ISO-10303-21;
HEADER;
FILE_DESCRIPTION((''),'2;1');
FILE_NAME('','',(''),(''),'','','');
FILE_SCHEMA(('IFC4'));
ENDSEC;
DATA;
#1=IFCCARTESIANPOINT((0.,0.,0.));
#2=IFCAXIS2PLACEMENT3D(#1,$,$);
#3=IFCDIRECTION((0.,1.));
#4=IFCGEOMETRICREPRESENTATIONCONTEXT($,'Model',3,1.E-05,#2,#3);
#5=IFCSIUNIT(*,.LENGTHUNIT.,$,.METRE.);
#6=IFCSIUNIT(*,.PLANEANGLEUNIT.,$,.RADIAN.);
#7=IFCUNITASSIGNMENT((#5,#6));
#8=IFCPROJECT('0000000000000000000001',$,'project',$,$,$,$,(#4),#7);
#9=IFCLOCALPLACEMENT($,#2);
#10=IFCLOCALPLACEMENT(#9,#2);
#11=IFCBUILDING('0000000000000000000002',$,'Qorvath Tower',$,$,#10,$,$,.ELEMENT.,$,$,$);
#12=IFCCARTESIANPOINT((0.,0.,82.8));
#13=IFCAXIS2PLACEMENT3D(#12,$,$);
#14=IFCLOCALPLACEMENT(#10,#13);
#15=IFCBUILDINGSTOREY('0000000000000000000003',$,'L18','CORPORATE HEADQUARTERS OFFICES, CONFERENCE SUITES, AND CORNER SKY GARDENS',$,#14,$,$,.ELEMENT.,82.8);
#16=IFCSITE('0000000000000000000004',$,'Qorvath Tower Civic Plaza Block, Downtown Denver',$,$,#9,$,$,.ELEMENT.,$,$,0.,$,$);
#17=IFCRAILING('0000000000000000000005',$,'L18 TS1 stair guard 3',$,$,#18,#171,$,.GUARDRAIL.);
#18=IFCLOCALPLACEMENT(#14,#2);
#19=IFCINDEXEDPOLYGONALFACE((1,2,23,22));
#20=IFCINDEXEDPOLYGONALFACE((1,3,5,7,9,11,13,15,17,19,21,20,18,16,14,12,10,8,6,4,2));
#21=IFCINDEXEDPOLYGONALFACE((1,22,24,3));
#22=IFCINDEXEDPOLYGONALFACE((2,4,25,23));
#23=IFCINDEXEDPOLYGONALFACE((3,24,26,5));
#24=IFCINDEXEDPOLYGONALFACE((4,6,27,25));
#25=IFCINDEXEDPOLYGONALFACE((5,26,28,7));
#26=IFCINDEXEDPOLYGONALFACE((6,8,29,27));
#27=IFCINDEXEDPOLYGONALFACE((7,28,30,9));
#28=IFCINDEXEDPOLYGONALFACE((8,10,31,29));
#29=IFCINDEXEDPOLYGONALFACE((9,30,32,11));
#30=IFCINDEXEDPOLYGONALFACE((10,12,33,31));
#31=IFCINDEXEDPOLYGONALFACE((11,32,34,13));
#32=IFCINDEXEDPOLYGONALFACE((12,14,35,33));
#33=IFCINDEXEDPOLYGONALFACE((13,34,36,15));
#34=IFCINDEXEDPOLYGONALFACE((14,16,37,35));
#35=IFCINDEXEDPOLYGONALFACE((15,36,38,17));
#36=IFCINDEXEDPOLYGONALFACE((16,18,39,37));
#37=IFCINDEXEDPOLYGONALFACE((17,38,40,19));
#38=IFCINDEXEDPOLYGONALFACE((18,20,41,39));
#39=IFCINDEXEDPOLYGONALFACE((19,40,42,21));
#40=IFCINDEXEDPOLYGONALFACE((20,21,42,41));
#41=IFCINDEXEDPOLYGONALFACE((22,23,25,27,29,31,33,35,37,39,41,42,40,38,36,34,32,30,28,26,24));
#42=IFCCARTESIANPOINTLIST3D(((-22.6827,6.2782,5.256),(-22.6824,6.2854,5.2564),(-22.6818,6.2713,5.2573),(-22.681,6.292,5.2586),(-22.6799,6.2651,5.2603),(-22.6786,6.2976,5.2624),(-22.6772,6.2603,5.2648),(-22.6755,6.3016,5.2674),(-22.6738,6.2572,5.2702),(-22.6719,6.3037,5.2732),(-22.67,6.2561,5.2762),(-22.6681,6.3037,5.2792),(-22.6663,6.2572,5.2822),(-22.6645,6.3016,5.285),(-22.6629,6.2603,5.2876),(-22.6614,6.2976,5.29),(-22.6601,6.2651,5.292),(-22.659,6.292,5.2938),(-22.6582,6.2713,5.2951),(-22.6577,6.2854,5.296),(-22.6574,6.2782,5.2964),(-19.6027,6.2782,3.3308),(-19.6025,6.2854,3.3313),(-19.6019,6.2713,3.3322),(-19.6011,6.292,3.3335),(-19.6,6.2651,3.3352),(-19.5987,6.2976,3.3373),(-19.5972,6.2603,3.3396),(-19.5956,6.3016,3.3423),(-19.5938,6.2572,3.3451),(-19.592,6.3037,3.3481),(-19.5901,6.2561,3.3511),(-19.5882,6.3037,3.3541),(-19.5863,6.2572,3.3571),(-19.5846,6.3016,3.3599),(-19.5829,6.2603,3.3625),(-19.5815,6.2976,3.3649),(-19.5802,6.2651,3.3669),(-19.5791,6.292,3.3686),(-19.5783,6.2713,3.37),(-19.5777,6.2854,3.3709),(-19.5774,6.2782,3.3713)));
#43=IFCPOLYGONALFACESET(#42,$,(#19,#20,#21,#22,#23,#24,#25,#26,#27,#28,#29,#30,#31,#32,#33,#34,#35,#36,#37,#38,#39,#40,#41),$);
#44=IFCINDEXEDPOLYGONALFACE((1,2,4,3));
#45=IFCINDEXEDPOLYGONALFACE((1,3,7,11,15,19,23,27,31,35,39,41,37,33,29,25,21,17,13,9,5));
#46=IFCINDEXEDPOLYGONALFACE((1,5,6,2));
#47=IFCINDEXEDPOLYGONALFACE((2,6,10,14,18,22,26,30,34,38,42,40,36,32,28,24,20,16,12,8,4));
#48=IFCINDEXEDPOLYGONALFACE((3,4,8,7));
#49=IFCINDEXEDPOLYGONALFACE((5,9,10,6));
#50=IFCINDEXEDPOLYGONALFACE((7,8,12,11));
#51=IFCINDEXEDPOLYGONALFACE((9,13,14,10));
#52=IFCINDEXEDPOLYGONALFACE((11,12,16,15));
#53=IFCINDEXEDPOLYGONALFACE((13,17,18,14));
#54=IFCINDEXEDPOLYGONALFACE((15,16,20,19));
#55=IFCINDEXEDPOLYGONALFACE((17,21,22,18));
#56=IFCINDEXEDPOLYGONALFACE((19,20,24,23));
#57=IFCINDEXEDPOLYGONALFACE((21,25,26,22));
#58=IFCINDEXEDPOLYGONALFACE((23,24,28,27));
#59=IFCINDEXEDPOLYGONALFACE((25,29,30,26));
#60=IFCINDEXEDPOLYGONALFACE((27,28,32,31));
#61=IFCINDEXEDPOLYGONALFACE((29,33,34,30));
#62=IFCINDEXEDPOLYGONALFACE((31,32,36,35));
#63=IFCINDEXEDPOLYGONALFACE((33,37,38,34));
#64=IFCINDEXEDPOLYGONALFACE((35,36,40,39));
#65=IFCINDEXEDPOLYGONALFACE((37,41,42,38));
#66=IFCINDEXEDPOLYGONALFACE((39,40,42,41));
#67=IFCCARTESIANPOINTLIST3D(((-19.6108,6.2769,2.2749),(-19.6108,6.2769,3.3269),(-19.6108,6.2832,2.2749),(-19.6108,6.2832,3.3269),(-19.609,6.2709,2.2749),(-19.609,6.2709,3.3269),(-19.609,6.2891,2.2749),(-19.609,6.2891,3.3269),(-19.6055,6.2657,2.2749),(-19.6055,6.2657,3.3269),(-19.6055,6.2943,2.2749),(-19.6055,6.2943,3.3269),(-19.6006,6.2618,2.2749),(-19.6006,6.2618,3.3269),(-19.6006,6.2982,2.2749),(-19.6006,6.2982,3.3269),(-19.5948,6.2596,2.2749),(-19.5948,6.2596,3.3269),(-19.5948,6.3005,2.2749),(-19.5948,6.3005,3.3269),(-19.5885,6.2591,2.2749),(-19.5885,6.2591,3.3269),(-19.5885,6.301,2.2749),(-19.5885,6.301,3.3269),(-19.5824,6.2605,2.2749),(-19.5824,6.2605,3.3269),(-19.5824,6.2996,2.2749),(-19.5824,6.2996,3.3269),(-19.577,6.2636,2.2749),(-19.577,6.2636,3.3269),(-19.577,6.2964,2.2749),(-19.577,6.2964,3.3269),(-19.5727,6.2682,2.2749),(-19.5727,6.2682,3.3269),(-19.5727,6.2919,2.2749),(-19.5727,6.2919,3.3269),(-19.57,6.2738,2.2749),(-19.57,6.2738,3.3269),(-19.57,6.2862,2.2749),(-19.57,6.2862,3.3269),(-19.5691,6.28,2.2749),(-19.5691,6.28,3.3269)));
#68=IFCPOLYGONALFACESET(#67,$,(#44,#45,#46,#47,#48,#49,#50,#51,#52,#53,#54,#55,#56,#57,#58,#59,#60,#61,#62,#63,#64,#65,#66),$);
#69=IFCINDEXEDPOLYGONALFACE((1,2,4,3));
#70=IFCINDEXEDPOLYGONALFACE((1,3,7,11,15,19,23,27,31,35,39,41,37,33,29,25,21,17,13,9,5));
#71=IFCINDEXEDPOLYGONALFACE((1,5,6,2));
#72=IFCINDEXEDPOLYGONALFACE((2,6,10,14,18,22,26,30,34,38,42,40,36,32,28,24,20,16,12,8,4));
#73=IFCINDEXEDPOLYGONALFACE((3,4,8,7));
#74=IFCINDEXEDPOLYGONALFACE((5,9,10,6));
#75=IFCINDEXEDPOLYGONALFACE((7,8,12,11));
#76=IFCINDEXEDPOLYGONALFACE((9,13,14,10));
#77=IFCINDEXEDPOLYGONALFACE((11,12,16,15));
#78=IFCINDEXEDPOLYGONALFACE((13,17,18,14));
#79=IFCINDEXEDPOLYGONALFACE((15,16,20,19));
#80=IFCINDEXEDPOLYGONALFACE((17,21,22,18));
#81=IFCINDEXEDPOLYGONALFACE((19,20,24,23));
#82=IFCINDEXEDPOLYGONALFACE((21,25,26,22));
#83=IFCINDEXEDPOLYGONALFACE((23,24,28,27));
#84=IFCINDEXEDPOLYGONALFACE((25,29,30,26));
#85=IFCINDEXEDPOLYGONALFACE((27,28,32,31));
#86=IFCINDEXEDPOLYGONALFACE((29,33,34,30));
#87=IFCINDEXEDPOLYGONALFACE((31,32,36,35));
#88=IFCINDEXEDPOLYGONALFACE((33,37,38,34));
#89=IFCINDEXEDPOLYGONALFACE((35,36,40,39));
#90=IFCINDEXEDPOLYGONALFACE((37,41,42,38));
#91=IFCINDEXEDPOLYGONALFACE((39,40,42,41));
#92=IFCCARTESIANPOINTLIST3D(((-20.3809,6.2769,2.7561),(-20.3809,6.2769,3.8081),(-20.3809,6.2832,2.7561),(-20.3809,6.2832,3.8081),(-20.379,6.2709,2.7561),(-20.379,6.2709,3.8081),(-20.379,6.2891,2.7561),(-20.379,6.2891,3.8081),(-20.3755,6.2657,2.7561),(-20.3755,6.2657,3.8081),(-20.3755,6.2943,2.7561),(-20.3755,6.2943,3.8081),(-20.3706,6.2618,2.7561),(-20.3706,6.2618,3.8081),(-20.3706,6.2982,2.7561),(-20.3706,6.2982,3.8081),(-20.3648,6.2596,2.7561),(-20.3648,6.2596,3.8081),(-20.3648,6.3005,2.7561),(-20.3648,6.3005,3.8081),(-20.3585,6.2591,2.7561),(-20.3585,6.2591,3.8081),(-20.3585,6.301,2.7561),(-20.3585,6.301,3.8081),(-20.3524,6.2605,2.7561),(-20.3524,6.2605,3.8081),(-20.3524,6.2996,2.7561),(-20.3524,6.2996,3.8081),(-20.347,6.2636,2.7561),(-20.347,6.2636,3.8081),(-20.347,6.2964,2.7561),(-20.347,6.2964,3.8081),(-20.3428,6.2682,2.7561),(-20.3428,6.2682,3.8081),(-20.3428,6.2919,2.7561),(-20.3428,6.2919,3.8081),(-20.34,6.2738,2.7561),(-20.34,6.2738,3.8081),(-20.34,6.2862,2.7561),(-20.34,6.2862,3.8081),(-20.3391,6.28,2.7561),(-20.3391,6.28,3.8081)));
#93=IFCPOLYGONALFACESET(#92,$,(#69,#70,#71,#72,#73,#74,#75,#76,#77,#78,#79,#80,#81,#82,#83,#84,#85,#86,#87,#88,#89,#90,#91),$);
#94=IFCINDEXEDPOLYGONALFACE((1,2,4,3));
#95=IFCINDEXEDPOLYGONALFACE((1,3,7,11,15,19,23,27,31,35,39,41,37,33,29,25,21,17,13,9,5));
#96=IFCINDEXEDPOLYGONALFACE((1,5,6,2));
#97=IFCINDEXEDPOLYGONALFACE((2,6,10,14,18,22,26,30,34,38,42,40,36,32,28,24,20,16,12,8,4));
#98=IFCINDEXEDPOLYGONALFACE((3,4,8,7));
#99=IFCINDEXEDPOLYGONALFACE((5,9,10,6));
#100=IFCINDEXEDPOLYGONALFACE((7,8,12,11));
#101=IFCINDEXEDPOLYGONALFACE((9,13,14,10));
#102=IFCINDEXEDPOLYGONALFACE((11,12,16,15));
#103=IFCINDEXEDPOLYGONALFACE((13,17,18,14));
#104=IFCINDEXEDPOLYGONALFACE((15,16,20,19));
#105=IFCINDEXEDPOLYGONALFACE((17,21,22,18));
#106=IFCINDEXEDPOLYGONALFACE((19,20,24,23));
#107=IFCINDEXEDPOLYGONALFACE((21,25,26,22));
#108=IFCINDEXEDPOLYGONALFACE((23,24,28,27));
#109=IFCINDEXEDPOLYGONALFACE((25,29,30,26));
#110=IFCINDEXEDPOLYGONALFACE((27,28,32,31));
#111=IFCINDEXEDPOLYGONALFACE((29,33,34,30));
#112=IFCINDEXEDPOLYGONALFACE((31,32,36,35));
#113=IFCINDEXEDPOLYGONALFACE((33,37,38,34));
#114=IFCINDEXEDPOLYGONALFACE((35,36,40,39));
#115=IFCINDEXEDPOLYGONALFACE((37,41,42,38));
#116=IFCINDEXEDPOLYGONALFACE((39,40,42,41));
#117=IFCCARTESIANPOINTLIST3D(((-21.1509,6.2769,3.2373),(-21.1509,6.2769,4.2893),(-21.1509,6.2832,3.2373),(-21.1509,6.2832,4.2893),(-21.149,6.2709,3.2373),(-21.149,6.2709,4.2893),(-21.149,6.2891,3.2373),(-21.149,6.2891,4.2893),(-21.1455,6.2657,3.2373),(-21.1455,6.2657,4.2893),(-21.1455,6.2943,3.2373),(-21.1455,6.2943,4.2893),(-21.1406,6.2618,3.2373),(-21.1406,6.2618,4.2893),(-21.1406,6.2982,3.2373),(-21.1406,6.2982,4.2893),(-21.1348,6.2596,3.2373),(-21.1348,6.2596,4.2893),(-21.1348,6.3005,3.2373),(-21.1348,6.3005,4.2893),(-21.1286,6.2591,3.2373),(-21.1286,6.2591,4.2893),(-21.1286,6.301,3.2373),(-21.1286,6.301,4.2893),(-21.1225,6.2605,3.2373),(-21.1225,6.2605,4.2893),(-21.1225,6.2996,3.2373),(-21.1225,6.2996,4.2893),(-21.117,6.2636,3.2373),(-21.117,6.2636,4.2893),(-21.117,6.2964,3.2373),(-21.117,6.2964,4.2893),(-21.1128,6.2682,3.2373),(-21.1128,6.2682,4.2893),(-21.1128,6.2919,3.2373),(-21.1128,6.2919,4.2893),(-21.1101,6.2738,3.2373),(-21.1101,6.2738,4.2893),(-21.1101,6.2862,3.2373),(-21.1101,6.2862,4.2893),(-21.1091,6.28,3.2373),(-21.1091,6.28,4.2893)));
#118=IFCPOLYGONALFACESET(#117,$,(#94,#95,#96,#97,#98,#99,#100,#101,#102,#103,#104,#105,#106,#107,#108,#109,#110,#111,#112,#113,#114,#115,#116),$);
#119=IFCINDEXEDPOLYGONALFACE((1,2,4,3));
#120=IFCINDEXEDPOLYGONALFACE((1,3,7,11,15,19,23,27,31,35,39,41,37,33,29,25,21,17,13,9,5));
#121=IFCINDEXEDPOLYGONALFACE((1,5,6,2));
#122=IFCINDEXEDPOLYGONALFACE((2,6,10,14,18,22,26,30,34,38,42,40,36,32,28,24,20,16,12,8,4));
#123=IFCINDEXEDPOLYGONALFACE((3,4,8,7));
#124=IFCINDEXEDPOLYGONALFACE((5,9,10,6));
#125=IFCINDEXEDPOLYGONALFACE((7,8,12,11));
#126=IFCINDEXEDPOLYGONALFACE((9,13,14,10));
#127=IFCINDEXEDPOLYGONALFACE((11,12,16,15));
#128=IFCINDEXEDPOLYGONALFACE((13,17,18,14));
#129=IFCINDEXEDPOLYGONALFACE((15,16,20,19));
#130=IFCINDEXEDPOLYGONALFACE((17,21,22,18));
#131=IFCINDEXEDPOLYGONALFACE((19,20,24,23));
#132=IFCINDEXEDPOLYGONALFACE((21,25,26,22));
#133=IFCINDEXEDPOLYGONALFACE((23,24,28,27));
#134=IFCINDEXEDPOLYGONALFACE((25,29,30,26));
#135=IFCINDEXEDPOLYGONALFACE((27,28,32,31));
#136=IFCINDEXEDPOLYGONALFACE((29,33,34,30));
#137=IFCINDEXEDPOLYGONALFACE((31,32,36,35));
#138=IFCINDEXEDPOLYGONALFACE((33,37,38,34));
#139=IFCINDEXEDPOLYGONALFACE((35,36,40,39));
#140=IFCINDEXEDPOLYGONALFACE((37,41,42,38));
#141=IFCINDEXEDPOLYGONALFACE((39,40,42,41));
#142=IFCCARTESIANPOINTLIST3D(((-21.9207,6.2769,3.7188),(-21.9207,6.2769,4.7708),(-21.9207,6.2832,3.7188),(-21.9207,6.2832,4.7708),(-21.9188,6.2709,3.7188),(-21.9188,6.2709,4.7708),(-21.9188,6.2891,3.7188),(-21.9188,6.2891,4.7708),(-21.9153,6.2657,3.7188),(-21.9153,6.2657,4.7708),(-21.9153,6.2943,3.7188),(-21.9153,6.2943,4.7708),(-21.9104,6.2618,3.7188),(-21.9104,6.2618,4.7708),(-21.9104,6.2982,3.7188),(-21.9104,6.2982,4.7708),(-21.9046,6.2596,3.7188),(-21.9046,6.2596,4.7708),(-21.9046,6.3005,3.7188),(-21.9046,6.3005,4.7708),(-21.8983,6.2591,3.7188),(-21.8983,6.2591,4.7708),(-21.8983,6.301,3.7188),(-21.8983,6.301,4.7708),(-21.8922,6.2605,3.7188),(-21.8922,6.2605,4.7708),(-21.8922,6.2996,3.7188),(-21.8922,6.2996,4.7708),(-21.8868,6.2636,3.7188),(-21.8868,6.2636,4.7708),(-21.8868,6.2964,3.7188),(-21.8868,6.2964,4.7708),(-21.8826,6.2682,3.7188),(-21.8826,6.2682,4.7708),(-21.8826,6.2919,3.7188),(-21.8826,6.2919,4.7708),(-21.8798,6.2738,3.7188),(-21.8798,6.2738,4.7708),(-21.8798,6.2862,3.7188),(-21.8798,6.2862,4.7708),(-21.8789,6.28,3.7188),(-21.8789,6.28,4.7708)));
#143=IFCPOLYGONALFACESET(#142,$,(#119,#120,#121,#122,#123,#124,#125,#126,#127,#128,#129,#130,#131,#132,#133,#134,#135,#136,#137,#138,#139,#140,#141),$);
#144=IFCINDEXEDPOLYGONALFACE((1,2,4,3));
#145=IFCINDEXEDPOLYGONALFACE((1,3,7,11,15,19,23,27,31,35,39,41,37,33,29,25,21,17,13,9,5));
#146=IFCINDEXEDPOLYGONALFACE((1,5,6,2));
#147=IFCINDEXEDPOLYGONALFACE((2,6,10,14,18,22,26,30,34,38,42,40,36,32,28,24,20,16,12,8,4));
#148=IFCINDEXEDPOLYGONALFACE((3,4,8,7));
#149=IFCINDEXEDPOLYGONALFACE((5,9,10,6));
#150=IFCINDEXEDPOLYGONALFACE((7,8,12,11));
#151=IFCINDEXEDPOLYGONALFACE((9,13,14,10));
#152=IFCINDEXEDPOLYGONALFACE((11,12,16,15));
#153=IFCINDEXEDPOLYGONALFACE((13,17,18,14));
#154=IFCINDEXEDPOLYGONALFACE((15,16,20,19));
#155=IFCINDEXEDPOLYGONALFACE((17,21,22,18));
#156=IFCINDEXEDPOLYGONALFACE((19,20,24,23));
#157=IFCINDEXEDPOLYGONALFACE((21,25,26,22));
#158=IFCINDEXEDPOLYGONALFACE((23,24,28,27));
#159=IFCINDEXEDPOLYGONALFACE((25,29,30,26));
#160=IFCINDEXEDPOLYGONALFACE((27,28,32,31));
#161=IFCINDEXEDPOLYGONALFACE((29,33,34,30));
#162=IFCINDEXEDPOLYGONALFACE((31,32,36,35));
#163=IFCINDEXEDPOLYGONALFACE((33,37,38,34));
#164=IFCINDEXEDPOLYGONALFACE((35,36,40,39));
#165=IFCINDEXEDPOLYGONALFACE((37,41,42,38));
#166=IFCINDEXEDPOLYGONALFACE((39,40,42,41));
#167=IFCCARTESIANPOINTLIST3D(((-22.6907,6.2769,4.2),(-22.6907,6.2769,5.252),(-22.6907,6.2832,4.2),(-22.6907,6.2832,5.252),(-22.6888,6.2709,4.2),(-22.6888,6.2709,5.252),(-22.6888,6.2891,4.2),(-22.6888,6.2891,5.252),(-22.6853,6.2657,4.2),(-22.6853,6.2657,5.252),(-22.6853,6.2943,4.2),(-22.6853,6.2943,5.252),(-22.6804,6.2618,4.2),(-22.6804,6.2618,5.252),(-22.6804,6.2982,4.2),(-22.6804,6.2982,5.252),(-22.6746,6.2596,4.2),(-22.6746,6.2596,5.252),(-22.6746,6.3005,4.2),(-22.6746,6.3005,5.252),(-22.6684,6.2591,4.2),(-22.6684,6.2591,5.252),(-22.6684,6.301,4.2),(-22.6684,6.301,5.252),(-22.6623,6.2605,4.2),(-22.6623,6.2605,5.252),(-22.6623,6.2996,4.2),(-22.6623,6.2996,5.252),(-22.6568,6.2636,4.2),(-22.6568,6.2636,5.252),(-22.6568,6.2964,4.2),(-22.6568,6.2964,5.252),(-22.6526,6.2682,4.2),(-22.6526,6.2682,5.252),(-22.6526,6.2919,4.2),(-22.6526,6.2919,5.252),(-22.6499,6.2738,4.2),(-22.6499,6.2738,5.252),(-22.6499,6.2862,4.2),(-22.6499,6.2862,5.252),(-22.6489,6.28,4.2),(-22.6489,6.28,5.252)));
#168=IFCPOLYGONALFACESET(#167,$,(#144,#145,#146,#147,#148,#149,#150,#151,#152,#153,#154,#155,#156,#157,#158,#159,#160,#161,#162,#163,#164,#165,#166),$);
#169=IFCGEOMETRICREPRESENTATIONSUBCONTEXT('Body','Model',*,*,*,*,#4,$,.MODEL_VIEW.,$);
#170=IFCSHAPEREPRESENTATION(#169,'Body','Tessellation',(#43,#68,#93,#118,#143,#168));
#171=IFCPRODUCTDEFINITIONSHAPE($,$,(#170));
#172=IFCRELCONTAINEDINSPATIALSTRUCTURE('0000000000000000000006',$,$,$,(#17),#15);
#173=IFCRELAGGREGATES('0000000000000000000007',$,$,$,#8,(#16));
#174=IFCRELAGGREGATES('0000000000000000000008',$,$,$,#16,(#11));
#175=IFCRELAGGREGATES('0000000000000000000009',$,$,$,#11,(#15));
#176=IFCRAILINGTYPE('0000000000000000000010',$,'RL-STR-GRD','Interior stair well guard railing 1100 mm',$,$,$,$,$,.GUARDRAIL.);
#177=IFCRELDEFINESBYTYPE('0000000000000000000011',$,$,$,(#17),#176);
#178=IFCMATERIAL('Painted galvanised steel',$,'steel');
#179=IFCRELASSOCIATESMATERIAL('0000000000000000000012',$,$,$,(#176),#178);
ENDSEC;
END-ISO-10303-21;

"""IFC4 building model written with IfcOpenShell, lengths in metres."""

from ifc_helpers import new_model, si_unit, direction, frame, origin, origin_2d, place, context, subcontext, project, spatial, circle, extrude, material, type_object, element, save


model = new_model("IFC4")

# Units and contexts
model_context = context("Model", 3, precision=1e-05, world=origin(), true_north=direction((0.0, 1.0)))
body_context = subcontext(model_context, "Body", "Model", "MODEL_VIEW")
ifc_project = project(units=[si_unit("LENGTHUNIT", "METRE"), si_unit("PLANEANGLEUNIT", "RADIAN")], contexts=[model_context])

# Site, building, storey
site_placement = place(None, origin())
site = spatial("IfcSite", under=ifc_project, at=site_placement, Name="Qorvath Tower Civic Plaza Block, Downtown Denver", CompositionType="ELEMENT", RefElevation=0.0)
building_placement = place(site_placement, origin())
building = spatial("IfcBuilding", under=site, at=building_placement, Name="Qorvath Tower", CompositionType="ELEMENT")
storey_placement = place(building_placement, frame((0.0, 0.0, 82.8)))
storey = spatial("IfcBuildingStorey", under=building, at=storey_placement, Name="L18", Description="CORPORATE HEADQUARTERS OFFICES, CONFERENCE SUITES, AND CORNER SKY GARDENS", CompositionType="ELEMENT", Elevation=82.8)

# Railing
ifc_material_1 = material(Name="Painted galvanised steel", Category="steel")
railing_type_1 = type_object("IfcRailingType", Name="RL-STR-GRD", Description="Interior stair well guard railing 1100 mm", PredefinedType="GUARDRAIL", material=ifc_material_1)
railing_1_placement = place(storey_placement, frame((-19.5901, 6.28, 2.2749)))
element("IfcRailing", 1, at=railing_1_placement, inside=storey, type_object=railing_type_1, Name="L18 TS1 stair guard 3", PredefinedType="GUARDRAIL", context=body_context, shape_type="SweptSolid", body=[
    extrude(circle(Radius=0.0239, at=origin_2d()), frame((0.0, 0.0, 1.0762), z_axis=(-0.847979, 0.0, 0.530029), x_axis=(0.0, -1.0, 0.0)), (0.0, 0.0, 1.0), 3.6321),
    extrude(circle(Radius=0.021, at=origin_2d()), origin(), (0.0, 0.0, 1.0), 1.052),
    extrude(circle(Radius=0.021, at=origin_2d()), frame((-0.77, 0.0, 0.4812)), (0.0, 0.0, 1.0), 1.052),
    extrude(circle(Radius=0.021, at=origin_2d()), frame((-1.54, 0.0, 0.9624)), (0.0, 0.0, 1.0), 1.052),
    extrude(circle(Radius=0.021, at=origin_2d()), frame((-2.3098, 0.0, 1.4438)), (0.0, 0.0, 1.0), 1.052),
    extrude(circle(Radius=0.021, at=origin_2d()), frame((-3.0798, 0.0, 1.925)), (0.0, 0.0, 1.0), 1.052),
])

save(model, "model.ifc")
